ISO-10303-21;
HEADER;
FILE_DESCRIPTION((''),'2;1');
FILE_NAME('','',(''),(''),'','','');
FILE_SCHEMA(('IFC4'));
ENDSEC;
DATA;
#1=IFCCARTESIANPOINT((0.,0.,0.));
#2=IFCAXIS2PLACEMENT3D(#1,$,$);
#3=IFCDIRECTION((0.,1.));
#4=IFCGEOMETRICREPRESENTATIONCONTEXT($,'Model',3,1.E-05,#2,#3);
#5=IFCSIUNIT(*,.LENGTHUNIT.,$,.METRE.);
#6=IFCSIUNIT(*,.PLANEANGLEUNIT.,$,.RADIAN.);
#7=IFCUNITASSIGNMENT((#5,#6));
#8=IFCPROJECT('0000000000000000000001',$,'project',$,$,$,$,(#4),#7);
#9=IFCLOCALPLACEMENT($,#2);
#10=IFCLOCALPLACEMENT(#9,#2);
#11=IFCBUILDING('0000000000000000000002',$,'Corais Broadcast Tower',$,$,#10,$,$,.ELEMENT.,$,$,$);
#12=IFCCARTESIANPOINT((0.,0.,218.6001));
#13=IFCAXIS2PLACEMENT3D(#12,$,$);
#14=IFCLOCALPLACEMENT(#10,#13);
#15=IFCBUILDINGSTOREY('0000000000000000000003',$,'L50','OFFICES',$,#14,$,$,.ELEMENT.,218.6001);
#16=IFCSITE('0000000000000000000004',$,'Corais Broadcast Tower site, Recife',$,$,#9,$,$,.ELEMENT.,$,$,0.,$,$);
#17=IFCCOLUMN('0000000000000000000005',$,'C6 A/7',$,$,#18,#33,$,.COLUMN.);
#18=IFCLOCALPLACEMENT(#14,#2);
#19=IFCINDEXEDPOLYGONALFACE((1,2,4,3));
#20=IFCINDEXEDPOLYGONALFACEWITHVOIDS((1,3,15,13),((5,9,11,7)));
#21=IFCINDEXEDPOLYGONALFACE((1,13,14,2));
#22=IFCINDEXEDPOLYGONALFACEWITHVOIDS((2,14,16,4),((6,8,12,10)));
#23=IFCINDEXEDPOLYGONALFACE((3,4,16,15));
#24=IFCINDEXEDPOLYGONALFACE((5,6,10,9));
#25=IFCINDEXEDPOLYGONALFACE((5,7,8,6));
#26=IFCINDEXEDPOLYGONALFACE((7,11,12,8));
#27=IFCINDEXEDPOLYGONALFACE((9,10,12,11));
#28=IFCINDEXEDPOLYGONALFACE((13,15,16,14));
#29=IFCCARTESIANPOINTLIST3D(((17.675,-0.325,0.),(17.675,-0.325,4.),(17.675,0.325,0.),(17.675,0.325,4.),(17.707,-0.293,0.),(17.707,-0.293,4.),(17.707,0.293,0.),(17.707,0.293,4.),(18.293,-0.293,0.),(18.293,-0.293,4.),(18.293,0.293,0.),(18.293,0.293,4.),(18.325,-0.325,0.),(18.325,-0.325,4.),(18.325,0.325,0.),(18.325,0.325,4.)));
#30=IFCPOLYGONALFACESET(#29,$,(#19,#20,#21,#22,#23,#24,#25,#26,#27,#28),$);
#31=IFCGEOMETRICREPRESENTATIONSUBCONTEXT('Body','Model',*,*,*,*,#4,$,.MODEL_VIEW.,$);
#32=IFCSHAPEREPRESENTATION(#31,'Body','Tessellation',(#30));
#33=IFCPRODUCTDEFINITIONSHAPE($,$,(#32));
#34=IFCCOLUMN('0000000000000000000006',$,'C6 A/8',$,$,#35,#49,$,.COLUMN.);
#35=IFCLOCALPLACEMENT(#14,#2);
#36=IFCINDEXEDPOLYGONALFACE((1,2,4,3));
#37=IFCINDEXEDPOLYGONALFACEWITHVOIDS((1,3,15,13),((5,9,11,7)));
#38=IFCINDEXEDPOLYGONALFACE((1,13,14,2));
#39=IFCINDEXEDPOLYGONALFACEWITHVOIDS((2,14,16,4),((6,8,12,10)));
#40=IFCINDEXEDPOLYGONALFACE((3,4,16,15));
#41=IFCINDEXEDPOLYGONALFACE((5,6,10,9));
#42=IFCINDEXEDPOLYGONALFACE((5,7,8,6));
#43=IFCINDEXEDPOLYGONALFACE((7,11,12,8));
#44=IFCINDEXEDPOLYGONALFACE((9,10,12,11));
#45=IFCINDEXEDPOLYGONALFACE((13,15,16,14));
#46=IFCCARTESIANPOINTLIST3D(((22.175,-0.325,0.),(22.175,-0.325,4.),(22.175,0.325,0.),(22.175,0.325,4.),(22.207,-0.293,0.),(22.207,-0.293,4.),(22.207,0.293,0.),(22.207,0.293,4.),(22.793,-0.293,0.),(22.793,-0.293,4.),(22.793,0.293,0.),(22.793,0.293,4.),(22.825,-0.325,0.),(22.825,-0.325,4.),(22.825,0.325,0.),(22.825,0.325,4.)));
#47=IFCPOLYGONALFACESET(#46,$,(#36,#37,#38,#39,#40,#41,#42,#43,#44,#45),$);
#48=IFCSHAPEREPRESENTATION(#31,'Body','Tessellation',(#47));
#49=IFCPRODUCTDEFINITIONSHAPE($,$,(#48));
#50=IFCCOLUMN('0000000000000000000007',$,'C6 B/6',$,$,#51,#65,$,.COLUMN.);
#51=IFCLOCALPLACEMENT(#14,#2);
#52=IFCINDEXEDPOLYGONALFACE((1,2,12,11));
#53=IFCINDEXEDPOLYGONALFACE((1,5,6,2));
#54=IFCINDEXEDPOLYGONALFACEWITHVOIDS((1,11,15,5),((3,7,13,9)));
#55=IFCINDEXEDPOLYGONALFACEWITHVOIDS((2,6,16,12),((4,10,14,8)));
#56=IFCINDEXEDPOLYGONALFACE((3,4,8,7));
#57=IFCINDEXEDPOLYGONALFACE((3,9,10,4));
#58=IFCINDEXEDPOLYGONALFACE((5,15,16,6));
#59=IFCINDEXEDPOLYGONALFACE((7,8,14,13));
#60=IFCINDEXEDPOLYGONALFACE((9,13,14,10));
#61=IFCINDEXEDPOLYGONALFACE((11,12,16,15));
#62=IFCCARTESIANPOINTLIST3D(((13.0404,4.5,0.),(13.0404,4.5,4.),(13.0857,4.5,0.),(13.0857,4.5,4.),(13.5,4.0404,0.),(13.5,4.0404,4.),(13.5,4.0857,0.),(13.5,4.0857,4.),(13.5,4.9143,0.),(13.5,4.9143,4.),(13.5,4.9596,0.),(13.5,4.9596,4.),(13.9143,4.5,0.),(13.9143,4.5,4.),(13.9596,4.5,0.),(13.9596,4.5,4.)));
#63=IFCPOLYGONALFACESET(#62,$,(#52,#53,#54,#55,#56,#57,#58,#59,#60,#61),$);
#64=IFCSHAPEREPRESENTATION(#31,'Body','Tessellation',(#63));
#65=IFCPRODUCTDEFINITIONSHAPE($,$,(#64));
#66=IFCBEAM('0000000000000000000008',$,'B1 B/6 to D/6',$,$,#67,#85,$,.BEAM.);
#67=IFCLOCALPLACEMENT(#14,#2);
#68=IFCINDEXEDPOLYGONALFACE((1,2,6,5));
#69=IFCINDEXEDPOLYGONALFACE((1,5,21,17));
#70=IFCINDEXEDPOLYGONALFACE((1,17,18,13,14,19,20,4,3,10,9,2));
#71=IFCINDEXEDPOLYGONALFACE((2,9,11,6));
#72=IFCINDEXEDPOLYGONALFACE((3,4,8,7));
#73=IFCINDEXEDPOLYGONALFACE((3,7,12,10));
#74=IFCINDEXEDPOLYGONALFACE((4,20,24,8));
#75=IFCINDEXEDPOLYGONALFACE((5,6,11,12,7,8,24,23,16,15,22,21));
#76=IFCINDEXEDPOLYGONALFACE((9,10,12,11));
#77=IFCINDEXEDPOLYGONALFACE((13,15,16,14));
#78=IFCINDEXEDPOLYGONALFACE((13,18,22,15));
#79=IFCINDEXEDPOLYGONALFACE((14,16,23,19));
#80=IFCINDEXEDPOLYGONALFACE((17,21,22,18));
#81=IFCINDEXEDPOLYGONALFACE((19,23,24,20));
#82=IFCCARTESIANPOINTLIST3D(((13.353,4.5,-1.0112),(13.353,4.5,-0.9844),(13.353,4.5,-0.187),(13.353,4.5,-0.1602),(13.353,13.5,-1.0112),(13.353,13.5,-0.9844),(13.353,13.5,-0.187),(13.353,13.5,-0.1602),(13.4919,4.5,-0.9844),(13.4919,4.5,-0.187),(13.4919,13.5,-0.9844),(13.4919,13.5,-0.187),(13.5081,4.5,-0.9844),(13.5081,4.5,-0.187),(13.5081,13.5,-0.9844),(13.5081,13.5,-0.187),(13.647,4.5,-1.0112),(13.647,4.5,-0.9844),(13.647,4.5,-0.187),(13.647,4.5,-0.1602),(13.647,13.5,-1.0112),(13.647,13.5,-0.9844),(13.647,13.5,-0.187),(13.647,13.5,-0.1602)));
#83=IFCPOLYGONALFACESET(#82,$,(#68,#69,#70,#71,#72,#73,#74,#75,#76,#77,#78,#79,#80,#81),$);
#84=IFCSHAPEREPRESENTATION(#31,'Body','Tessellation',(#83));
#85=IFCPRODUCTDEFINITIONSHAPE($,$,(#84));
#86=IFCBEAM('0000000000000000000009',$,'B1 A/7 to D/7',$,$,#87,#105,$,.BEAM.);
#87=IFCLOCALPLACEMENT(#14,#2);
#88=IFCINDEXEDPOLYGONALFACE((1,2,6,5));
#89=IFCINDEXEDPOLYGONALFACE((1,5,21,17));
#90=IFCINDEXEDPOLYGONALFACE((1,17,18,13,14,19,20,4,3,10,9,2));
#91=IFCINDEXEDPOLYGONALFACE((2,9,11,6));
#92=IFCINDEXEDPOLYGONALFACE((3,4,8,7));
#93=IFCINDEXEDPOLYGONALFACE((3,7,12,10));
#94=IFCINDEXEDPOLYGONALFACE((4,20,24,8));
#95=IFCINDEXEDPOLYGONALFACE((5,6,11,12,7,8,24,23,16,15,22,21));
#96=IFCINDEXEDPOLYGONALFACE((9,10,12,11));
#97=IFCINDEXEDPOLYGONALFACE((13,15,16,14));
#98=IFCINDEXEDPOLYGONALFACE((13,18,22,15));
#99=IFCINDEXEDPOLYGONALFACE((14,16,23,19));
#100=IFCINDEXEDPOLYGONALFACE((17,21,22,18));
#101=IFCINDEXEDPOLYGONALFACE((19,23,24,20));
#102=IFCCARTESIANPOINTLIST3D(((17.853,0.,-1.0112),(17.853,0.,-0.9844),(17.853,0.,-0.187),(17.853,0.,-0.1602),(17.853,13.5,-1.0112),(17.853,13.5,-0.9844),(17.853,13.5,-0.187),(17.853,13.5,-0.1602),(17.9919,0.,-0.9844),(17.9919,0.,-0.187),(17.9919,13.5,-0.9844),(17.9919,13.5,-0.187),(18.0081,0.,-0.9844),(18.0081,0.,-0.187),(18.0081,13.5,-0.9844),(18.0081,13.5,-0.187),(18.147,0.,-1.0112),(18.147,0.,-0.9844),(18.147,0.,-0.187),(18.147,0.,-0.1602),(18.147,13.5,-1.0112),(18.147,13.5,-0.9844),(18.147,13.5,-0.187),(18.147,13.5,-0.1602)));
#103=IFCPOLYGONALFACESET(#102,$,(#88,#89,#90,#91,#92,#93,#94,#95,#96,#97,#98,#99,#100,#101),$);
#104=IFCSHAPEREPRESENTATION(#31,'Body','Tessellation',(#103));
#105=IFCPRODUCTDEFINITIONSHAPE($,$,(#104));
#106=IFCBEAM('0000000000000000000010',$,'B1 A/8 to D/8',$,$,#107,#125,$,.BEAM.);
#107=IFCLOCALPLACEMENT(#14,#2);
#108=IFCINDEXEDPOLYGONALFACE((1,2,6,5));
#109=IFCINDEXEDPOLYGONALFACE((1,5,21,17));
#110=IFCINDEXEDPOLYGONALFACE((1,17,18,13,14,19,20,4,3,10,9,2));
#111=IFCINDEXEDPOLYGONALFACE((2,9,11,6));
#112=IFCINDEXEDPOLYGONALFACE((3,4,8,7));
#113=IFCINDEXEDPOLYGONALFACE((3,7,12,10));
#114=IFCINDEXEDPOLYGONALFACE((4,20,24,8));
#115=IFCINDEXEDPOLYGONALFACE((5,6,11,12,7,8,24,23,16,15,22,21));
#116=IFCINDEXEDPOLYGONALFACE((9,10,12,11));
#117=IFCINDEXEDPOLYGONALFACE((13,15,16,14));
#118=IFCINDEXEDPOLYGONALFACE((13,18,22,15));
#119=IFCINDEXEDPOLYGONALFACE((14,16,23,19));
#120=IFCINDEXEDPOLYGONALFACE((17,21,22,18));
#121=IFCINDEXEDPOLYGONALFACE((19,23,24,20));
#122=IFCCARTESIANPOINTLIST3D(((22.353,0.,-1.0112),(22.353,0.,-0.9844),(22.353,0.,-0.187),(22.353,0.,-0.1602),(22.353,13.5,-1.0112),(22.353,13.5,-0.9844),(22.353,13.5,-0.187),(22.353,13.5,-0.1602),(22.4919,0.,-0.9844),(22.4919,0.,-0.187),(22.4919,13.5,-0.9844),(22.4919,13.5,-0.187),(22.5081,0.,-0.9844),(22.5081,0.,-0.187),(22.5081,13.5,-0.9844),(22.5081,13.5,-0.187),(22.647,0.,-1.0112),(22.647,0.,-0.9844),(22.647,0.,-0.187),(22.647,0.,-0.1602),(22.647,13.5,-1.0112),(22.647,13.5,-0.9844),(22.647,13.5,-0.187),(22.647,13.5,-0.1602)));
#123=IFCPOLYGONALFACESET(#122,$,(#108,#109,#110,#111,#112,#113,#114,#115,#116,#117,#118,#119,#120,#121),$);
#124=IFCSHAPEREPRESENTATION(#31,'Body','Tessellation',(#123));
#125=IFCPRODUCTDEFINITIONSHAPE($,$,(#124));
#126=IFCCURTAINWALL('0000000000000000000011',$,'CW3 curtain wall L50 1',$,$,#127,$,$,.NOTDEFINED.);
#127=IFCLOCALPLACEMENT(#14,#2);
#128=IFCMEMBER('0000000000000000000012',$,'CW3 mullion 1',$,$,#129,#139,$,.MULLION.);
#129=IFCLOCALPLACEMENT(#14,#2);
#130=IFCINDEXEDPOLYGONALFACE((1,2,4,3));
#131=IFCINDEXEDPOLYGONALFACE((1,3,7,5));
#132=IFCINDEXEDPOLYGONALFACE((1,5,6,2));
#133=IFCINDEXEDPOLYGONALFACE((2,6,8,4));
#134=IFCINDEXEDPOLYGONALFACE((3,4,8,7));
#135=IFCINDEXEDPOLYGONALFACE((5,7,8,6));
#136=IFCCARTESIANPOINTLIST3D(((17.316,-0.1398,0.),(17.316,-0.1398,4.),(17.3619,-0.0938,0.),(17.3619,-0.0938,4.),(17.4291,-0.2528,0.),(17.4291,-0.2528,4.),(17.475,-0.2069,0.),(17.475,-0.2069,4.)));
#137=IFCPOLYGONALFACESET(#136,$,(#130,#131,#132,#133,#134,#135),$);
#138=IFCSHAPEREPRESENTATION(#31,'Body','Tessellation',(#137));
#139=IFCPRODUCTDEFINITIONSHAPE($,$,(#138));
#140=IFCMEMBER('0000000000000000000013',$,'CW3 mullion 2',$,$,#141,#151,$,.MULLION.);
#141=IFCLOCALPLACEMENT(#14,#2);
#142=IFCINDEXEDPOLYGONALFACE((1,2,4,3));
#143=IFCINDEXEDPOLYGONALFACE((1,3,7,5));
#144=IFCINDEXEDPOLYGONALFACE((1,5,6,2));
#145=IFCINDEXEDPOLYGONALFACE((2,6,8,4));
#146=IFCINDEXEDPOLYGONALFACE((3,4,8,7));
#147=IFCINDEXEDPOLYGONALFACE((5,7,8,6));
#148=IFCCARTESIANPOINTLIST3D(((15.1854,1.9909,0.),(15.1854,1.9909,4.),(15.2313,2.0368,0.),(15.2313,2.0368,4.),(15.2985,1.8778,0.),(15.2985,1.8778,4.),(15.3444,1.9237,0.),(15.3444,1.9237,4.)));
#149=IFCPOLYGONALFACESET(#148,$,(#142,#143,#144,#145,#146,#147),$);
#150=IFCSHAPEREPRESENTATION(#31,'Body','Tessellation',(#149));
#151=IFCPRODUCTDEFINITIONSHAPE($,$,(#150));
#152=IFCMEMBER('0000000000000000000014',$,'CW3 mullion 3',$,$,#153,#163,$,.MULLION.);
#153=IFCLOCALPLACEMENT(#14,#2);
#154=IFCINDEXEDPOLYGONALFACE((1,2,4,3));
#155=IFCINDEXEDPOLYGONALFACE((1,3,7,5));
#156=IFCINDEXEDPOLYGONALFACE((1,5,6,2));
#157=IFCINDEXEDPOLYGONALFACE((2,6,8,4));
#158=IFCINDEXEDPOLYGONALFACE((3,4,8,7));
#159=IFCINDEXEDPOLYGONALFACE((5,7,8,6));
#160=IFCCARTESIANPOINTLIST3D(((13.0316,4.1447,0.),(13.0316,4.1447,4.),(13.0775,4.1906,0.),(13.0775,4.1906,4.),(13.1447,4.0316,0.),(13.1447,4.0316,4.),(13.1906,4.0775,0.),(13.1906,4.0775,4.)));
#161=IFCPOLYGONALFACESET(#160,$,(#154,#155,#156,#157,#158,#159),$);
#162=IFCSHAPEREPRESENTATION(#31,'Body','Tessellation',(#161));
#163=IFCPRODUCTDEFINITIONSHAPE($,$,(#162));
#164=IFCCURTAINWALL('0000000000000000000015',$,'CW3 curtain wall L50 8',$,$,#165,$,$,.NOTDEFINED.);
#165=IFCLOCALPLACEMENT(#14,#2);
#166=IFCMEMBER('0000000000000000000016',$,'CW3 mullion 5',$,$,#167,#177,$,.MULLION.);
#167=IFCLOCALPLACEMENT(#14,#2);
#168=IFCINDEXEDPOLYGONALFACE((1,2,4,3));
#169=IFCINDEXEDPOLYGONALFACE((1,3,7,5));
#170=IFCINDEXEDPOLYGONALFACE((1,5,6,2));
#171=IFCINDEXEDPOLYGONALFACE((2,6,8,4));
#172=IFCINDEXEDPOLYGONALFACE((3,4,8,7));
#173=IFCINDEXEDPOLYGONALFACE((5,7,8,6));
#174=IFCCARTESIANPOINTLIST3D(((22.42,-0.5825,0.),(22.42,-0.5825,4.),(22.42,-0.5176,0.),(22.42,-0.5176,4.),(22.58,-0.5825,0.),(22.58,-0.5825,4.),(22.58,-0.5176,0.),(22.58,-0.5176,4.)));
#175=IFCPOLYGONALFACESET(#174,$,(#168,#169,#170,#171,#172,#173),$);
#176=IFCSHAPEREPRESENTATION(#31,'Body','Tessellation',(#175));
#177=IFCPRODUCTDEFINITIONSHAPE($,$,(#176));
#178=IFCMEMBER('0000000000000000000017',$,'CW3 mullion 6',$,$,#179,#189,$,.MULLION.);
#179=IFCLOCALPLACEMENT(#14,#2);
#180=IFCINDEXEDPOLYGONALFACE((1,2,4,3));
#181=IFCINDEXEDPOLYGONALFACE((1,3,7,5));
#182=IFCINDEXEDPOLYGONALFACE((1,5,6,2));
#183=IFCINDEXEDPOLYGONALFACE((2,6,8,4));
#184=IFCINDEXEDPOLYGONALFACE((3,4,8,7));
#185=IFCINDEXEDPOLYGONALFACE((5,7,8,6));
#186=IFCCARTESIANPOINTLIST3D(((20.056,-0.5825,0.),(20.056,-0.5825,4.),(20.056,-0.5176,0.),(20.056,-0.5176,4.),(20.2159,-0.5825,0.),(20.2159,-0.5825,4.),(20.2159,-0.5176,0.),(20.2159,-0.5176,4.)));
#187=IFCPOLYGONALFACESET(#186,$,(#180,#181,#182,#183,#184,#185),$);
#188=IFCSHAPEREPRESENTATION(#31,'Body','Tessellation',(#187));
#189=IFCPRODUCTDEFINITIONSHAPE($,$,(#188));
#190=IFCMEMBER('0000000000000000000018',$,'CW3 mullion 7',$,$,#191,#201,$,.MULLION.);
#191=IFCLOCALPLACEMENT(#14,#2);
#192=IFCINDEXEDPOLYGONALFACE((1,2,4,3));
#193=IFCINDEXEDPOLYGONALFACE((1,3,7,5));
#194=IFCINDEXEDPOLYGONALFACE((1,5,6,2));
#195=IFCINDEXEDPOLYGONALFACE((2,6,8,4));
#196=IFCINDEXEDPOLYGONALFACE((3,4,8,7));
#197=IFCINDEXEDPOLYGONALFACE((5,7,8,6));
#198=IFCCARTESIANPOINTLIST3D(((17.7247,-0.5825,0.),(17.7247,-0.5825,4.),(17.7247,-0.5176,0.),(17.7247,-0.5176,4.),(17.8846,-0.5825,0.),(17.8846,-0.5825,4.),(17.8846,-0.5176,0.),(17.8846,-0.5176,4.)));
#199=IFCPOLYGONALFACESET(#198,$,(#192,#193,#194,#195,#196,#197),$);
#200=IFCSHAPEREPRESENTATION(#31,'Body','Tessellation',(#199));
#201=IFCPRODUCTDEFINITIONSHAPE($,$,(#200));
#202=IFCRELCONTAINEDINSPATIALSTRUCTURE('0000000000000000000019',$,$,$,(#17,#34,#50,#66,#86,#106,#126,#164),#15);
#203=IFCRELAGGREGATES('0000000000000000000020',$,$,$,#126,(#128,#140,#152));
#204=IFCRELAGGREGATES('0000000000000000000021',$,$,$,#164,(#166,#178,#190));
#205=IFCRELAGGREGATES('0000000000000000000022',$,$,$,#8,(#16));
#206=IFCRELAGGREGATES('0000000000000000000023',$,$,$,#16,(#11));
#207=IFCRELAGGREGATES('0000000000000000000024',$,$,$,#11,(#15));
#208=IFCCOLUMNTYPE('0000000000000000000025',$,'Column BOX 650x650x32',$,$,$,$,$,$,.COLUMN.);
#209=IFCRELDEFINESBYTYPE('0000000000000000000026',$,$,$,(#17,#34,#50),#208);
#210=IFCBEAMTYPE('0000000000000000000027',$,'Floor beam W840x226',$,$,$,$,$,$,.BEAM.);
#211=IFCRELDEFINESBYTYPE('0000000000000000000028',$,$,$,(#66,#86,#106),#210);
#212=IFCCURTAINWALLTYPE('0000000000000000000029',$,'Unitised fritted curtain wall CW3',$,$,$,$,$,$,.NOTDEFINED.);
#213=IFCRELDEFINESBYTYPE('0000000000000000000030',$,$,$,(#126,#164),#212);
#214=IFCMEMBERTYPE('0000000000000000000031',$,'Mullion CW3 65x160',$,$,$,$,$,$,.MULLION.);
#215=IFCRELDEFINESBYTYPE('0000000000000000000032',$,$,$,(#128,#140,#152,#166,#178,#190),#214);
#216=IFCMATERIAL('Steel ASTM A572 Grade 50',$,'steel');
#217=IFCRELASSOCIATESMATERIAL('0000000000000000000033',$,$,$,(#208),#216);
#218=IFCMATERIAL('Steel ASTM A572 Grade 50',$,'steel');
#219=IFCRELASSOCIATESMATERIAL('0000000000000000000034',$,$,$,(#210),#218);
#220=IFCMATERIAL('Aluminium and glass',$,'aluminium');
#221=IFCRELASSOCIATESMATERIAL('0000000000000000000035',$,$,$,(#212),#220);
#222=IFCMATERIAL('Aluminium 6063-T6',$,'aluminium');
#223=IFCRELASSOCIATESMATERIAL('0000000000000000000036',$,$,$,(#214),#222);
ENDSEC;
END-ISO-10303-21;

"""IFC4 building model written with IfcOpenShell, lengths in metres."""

from ifc_helpers import new_model, si_unit, direction, frame, origin, origin_2d, place, context, subcontext, project, spatial, rectangle, hollow_rectangle, i_section, extrude, material, material_profile, profile_set, type_object, element, aggregate, save


model = new_model("IFC4")

# Units and contexts
model_context = context("Model", 3, precision=1e-05, world=origin(), true_north=direction((0.0, 1.0)))
body_context = subcontext(model_context, "Body", "Model", "MODEL_VIEW")
ifc_project = project(units=[si_unit("LENGTHUNIT", "METRE"), si_unit("PLANEANGLEUNIT", "RADIAN")], contexts=[model_context])

# Site, building, storey
site_placement = place(None, origin())
site = spatial("IfcSite", under=ifc_project, at=site_placement, Name="Corais Broadcast Tower site, Recife", CompositionType="ELEMENT", RefElevation=0.0)
building_placement = place(site_placement, origin())
building = spatial("IfcBuilding", under=site, at=building_placement, Name="Corais Broadcast Tower", CompositionType="ELEMENT")
storey_placement = place(building_placement, frame((0.0, 0.0, 218.6001)))
storey = spatial("IfcBuildingStorey", under=building, at=storey_placement, Name="L50", Description="OFFICES", CompositionType="ELEMENT", Elevation=218.6001)

# Columns
ifc_material_1 = material(Name="Steel ASTM A572 Grade 50", Category="steel")
ifc_material_profile_1 = material_profile(ifc_material_1, hollow_rectangle(XDim=0.6499, YDim=0.6499, WallThickness=0.032, at=origin_2d()), Name="BOX 650x650x32")
ifc_profile_set_1 = profile_set([ifc_material_profile_1], Name="Steel ASTM A572 Grade 50")
column_type = type_object("IfcColumnType", Name="Column BOX 650x650x32", PredefinedType="COLUMN", material=ifc_profile_set_1)
for number, where, z_axis, x_axis, name in (
    (1, (18.0, 0.0, 0.0), (0.0, 0.0, 1.0), (1.0, 0.0, 0.0), "C6 A/7"),
    (2, (22.5, 0.0, 0.0), (0.0, 0.0, 1.0), (1.0, 0.0, 0.0), "C6 A/8"),
    (3, (13.5, 4.5, 0.0), (0.0, 0.0, 1.0), (0.707107, 0.707107, 0.0), "C6 B/6"),
):
    element("IfcColumn", number, at=place(storey_placement, frame(where, z_axis=z_axis, x_axis=x_axis)), inside=storey, type_object=column_type, Name=name, PredefinedType="COLUMN", context=body_context, shape_type="SweptSolid", body=[
        extrude(hollow_rectangle(XDim=0.6499, YDim=0.6499, WallThickness=0.032, at=origin_2d()), origin(), (0.0, 0.0, 1.0), 4.0),
    ])

# Beams
ifc_material_2 = material(Name="Steel ASTM A572 Grade 50", Category="steel")
ifc_material_profile_2 = material_profile(ifc_material_2, i_section(OverallWidth=0.2939, OverallDepth=0.8511, WebThickness=0.0161, FlangeThickness=0.0269, at=origin_2d()), Name="W840x226")
ifc_profile_set_2 = profile_set([ifc_material_profile_2], Name="Steel ASTM A572 Grade 50")
beam_type_1 = type_object("IfcBeamType", Name="Floor beam W840x226", PredefinedType="BEAM", material=ifc_profile_set_2)
beam_1_placement = place(storey_placement, frame((13.5, 4.5, -0.5857), z_axis=(0.0, 1.0, 0.0), x_axis=(-1.0, 0.0, 0.0)))
element("IfcBeam", 4, at=beam_1_placement, inside=storey, type_object=beam_type_1, Name="B1 B/6 to D/6", PredefinedType="BEAM", context=body_context, shape_type="SweptSolid", body=[
    extrude(i_section(OverallWidth=0.2939, OverallDepth=0.8511, WebThickness=0.0161, FlangeThickness=0.0269, at=origin_2d()), origin(), (0.0, 0.0, 1.0), 9.0),
])
for number, where, z_axis, x_axis, name in (
    (5, (18.0, 0.0, -0.5857), (0.0, 1.0, 0.0), (-1.0, 0.0, 0.0), "B1 A/7 to D/7"),
    (6, (22.5, 0.0, -0.5857), (0.0, 1.0, 0.0), (-1.0, 0.0, 0.0), "B1 A/8 to D/8"),
):
    element("IfcBeam", number, at=place(storey_placement, frame(where, z_axis=z_axis, x_axis=x_axis)), inside=storey, type_object=beam_type_1, Name=name, PredefinedType="BEAM", context=body_context, shape_type="SweptSolid", body=[
        extrude(i_section(OverallWidth=0.2939, OverallDepth=0.8511, WebThickness=0.0161, FlangeThickness=0.0269, at=origin_2d()), origin(), (0.0, 0.0, 1.0), 13.5),
    ])

# Curtain walls, members
ifc_material_3 = material(Name="Aluminium and glass", Category="aluminium")
curtain_wall_type = type_object("IfcCurtainWallType", Name="Unitised fritted curtain wall CW3", PredefinedType="NOTDEFINED", material=ifc_material_3)
curtain_wall_1_placement = place(storey_placement, origin())
curtain_wall_1 = element("IfcCurtainWall", 7, at=curtain_wall_1_placement, inside=storey, type_object=curtain_wall_type, Name="CW3 curtain wall L50 1", PredefinedType="NOTDEFINED")
ifc_material_4 = material(Name="Aluminium 6063-T6", Category="aluminium")
ifc_material_profile_3 = material_profile(ifc_material_4, rectangle(XDim=0.0649, YDim=0.1599, at=origin_2d()), Name="Mullion CW3 65x160")
ifc_profile_set_3 = profile_set([ifc_material_profile_3], Name="Aluminium 6063-T6")
member_type_1 = type_object("IfcMemberType", Name="Mullion CW3 65x160", PredefinedType="MULLION", material=ifc_profile_set_3)
member_1_placement = place(storey_placement, frame((17.3955, -0.1733, 0.0), z_axis=(0.0, 0.0, 1.0), x_axis=(-0.707107, -0.707107, 0.0)))
member_1 = element("IfcMember", 8, at=member_1_placement, type_object=member_type_1, Name="CW3 mullion 1", PredefinedType="MULLION", context=body_context, shape_type="SweptSolid", body=[
    extrude(rectangle(XDim=0.0649, YDim=0.1599, at=origin_2d()), origin(), (0.0, 0.0, 1.0), 4.0),
])
member_2_placement = place(storey_placement, frame((15.2649, 1.9573, 0.0), z_axis=(0.0, 0.0, 1.0), x_axis=(-0.707107, -0.707107, 0.0)))
member_2 = element("IfcMember", 9, at=member_2_placement, type_object=member_type_1, Name="CW3 mullion 2", PredefinedType="MULLION", context=body_context, shape_type="SweptSolid", body=[
    extrude(rectangle(XDim=0.0649, YDim=0.1599, at=origin_2d()), origin(), (0.0, 0.0, 1.0), 4.0),
])
member_3_placement = place(storey_placement, frame((13.1111, 4.1111, 0.0), z_axis=(0.0, 0.0, 1.0), x_axis=(-0.707107, -0.707107, 0.0)))
member_3 = element("IfcMember", 10, at=member_3_placement, type_object=member_type_1, Name="CW3 mullion 3", PredefinedType="MULLION", context=body_context, shape_type="SweptSolid", body=[
    extrude(rectangle(XDim=0.0649, YDim=0.1599, at=origin_2d()), origin(), (0.0, 0.0, 1.0), 4.0),
])
curtain_wall_2_placement = place(storey_placement, origin())
curtain_wall_2 = element("IfcCurtainWall", 11, at=curtain_wall_2_placement, inside=storey, type_object=curtain_wall_type, Name="CW3 curtain wall L50 8", PredefinedType="NOTDEFINED")
member_4_placement = place(storey_placement, frame((22.5, -0.55, 0.0), z_axis=(0.0, 0.0, 1.0), x_axis=(0.0, -1.0, 0.0)))
member_4 = element("IfcMember", 12, at=member_4_placement, type_object=member_type_1, Name="CW3 mullion 5", PredefinedType="MULLION", context=body_context, shape_type="SweptSolid", body=[
    extrude(rectangle(XDim=0.0649, YDim=0.1599, at=origin_2d()), origin(), (0.0, 0.0, 1.0), 4.0),
])
member_5_placement = place(storey_placement, frame((20.136, -0.55, 0.0), z_axis=(0.0, 0.0, 1.0), x_axis=(0.0, -1.0, 0.0)))
member_5 = element("IfcMember", 13, at=member_5_placement, type_object=member_type_1, Name="CW3 mullion 6", PredefinedType="MULLION", context=body_context, shape_type="SweptSolid", body=[
    extrude(rectangle(XDim=0.0649, YDim=0.1599, at=origin_2d()), origin(), (0.0, 0.0, 1.0), 4.0),
])
member_6_placement = place(storey_placement, frame((17.8047, -0.55, 0.0), z_axis=(0.0, 0.0, 1.0), x_axis=(0.0, -1.0, 0.0)))
member_6 = element("IfcMember", 14, at=member_6_placement, type_object=member_type_1, Name="CW3 mullion 7", PredefinedType="MULLION", context=body_context, shape_type="SweptSolid", body=[
    extrude(rectangle(XDim=0.0649, YDim=0.1599, at=origin_2d()), origin(), (0.0, 0.0, 1.0), 4.0),
])

aggregate(curtain_wall_1, [member_1, member_2, member_3])
aggregate(curtain_wall_2, [member_4, member_5, member_6])

save(model, "model.ifc")
